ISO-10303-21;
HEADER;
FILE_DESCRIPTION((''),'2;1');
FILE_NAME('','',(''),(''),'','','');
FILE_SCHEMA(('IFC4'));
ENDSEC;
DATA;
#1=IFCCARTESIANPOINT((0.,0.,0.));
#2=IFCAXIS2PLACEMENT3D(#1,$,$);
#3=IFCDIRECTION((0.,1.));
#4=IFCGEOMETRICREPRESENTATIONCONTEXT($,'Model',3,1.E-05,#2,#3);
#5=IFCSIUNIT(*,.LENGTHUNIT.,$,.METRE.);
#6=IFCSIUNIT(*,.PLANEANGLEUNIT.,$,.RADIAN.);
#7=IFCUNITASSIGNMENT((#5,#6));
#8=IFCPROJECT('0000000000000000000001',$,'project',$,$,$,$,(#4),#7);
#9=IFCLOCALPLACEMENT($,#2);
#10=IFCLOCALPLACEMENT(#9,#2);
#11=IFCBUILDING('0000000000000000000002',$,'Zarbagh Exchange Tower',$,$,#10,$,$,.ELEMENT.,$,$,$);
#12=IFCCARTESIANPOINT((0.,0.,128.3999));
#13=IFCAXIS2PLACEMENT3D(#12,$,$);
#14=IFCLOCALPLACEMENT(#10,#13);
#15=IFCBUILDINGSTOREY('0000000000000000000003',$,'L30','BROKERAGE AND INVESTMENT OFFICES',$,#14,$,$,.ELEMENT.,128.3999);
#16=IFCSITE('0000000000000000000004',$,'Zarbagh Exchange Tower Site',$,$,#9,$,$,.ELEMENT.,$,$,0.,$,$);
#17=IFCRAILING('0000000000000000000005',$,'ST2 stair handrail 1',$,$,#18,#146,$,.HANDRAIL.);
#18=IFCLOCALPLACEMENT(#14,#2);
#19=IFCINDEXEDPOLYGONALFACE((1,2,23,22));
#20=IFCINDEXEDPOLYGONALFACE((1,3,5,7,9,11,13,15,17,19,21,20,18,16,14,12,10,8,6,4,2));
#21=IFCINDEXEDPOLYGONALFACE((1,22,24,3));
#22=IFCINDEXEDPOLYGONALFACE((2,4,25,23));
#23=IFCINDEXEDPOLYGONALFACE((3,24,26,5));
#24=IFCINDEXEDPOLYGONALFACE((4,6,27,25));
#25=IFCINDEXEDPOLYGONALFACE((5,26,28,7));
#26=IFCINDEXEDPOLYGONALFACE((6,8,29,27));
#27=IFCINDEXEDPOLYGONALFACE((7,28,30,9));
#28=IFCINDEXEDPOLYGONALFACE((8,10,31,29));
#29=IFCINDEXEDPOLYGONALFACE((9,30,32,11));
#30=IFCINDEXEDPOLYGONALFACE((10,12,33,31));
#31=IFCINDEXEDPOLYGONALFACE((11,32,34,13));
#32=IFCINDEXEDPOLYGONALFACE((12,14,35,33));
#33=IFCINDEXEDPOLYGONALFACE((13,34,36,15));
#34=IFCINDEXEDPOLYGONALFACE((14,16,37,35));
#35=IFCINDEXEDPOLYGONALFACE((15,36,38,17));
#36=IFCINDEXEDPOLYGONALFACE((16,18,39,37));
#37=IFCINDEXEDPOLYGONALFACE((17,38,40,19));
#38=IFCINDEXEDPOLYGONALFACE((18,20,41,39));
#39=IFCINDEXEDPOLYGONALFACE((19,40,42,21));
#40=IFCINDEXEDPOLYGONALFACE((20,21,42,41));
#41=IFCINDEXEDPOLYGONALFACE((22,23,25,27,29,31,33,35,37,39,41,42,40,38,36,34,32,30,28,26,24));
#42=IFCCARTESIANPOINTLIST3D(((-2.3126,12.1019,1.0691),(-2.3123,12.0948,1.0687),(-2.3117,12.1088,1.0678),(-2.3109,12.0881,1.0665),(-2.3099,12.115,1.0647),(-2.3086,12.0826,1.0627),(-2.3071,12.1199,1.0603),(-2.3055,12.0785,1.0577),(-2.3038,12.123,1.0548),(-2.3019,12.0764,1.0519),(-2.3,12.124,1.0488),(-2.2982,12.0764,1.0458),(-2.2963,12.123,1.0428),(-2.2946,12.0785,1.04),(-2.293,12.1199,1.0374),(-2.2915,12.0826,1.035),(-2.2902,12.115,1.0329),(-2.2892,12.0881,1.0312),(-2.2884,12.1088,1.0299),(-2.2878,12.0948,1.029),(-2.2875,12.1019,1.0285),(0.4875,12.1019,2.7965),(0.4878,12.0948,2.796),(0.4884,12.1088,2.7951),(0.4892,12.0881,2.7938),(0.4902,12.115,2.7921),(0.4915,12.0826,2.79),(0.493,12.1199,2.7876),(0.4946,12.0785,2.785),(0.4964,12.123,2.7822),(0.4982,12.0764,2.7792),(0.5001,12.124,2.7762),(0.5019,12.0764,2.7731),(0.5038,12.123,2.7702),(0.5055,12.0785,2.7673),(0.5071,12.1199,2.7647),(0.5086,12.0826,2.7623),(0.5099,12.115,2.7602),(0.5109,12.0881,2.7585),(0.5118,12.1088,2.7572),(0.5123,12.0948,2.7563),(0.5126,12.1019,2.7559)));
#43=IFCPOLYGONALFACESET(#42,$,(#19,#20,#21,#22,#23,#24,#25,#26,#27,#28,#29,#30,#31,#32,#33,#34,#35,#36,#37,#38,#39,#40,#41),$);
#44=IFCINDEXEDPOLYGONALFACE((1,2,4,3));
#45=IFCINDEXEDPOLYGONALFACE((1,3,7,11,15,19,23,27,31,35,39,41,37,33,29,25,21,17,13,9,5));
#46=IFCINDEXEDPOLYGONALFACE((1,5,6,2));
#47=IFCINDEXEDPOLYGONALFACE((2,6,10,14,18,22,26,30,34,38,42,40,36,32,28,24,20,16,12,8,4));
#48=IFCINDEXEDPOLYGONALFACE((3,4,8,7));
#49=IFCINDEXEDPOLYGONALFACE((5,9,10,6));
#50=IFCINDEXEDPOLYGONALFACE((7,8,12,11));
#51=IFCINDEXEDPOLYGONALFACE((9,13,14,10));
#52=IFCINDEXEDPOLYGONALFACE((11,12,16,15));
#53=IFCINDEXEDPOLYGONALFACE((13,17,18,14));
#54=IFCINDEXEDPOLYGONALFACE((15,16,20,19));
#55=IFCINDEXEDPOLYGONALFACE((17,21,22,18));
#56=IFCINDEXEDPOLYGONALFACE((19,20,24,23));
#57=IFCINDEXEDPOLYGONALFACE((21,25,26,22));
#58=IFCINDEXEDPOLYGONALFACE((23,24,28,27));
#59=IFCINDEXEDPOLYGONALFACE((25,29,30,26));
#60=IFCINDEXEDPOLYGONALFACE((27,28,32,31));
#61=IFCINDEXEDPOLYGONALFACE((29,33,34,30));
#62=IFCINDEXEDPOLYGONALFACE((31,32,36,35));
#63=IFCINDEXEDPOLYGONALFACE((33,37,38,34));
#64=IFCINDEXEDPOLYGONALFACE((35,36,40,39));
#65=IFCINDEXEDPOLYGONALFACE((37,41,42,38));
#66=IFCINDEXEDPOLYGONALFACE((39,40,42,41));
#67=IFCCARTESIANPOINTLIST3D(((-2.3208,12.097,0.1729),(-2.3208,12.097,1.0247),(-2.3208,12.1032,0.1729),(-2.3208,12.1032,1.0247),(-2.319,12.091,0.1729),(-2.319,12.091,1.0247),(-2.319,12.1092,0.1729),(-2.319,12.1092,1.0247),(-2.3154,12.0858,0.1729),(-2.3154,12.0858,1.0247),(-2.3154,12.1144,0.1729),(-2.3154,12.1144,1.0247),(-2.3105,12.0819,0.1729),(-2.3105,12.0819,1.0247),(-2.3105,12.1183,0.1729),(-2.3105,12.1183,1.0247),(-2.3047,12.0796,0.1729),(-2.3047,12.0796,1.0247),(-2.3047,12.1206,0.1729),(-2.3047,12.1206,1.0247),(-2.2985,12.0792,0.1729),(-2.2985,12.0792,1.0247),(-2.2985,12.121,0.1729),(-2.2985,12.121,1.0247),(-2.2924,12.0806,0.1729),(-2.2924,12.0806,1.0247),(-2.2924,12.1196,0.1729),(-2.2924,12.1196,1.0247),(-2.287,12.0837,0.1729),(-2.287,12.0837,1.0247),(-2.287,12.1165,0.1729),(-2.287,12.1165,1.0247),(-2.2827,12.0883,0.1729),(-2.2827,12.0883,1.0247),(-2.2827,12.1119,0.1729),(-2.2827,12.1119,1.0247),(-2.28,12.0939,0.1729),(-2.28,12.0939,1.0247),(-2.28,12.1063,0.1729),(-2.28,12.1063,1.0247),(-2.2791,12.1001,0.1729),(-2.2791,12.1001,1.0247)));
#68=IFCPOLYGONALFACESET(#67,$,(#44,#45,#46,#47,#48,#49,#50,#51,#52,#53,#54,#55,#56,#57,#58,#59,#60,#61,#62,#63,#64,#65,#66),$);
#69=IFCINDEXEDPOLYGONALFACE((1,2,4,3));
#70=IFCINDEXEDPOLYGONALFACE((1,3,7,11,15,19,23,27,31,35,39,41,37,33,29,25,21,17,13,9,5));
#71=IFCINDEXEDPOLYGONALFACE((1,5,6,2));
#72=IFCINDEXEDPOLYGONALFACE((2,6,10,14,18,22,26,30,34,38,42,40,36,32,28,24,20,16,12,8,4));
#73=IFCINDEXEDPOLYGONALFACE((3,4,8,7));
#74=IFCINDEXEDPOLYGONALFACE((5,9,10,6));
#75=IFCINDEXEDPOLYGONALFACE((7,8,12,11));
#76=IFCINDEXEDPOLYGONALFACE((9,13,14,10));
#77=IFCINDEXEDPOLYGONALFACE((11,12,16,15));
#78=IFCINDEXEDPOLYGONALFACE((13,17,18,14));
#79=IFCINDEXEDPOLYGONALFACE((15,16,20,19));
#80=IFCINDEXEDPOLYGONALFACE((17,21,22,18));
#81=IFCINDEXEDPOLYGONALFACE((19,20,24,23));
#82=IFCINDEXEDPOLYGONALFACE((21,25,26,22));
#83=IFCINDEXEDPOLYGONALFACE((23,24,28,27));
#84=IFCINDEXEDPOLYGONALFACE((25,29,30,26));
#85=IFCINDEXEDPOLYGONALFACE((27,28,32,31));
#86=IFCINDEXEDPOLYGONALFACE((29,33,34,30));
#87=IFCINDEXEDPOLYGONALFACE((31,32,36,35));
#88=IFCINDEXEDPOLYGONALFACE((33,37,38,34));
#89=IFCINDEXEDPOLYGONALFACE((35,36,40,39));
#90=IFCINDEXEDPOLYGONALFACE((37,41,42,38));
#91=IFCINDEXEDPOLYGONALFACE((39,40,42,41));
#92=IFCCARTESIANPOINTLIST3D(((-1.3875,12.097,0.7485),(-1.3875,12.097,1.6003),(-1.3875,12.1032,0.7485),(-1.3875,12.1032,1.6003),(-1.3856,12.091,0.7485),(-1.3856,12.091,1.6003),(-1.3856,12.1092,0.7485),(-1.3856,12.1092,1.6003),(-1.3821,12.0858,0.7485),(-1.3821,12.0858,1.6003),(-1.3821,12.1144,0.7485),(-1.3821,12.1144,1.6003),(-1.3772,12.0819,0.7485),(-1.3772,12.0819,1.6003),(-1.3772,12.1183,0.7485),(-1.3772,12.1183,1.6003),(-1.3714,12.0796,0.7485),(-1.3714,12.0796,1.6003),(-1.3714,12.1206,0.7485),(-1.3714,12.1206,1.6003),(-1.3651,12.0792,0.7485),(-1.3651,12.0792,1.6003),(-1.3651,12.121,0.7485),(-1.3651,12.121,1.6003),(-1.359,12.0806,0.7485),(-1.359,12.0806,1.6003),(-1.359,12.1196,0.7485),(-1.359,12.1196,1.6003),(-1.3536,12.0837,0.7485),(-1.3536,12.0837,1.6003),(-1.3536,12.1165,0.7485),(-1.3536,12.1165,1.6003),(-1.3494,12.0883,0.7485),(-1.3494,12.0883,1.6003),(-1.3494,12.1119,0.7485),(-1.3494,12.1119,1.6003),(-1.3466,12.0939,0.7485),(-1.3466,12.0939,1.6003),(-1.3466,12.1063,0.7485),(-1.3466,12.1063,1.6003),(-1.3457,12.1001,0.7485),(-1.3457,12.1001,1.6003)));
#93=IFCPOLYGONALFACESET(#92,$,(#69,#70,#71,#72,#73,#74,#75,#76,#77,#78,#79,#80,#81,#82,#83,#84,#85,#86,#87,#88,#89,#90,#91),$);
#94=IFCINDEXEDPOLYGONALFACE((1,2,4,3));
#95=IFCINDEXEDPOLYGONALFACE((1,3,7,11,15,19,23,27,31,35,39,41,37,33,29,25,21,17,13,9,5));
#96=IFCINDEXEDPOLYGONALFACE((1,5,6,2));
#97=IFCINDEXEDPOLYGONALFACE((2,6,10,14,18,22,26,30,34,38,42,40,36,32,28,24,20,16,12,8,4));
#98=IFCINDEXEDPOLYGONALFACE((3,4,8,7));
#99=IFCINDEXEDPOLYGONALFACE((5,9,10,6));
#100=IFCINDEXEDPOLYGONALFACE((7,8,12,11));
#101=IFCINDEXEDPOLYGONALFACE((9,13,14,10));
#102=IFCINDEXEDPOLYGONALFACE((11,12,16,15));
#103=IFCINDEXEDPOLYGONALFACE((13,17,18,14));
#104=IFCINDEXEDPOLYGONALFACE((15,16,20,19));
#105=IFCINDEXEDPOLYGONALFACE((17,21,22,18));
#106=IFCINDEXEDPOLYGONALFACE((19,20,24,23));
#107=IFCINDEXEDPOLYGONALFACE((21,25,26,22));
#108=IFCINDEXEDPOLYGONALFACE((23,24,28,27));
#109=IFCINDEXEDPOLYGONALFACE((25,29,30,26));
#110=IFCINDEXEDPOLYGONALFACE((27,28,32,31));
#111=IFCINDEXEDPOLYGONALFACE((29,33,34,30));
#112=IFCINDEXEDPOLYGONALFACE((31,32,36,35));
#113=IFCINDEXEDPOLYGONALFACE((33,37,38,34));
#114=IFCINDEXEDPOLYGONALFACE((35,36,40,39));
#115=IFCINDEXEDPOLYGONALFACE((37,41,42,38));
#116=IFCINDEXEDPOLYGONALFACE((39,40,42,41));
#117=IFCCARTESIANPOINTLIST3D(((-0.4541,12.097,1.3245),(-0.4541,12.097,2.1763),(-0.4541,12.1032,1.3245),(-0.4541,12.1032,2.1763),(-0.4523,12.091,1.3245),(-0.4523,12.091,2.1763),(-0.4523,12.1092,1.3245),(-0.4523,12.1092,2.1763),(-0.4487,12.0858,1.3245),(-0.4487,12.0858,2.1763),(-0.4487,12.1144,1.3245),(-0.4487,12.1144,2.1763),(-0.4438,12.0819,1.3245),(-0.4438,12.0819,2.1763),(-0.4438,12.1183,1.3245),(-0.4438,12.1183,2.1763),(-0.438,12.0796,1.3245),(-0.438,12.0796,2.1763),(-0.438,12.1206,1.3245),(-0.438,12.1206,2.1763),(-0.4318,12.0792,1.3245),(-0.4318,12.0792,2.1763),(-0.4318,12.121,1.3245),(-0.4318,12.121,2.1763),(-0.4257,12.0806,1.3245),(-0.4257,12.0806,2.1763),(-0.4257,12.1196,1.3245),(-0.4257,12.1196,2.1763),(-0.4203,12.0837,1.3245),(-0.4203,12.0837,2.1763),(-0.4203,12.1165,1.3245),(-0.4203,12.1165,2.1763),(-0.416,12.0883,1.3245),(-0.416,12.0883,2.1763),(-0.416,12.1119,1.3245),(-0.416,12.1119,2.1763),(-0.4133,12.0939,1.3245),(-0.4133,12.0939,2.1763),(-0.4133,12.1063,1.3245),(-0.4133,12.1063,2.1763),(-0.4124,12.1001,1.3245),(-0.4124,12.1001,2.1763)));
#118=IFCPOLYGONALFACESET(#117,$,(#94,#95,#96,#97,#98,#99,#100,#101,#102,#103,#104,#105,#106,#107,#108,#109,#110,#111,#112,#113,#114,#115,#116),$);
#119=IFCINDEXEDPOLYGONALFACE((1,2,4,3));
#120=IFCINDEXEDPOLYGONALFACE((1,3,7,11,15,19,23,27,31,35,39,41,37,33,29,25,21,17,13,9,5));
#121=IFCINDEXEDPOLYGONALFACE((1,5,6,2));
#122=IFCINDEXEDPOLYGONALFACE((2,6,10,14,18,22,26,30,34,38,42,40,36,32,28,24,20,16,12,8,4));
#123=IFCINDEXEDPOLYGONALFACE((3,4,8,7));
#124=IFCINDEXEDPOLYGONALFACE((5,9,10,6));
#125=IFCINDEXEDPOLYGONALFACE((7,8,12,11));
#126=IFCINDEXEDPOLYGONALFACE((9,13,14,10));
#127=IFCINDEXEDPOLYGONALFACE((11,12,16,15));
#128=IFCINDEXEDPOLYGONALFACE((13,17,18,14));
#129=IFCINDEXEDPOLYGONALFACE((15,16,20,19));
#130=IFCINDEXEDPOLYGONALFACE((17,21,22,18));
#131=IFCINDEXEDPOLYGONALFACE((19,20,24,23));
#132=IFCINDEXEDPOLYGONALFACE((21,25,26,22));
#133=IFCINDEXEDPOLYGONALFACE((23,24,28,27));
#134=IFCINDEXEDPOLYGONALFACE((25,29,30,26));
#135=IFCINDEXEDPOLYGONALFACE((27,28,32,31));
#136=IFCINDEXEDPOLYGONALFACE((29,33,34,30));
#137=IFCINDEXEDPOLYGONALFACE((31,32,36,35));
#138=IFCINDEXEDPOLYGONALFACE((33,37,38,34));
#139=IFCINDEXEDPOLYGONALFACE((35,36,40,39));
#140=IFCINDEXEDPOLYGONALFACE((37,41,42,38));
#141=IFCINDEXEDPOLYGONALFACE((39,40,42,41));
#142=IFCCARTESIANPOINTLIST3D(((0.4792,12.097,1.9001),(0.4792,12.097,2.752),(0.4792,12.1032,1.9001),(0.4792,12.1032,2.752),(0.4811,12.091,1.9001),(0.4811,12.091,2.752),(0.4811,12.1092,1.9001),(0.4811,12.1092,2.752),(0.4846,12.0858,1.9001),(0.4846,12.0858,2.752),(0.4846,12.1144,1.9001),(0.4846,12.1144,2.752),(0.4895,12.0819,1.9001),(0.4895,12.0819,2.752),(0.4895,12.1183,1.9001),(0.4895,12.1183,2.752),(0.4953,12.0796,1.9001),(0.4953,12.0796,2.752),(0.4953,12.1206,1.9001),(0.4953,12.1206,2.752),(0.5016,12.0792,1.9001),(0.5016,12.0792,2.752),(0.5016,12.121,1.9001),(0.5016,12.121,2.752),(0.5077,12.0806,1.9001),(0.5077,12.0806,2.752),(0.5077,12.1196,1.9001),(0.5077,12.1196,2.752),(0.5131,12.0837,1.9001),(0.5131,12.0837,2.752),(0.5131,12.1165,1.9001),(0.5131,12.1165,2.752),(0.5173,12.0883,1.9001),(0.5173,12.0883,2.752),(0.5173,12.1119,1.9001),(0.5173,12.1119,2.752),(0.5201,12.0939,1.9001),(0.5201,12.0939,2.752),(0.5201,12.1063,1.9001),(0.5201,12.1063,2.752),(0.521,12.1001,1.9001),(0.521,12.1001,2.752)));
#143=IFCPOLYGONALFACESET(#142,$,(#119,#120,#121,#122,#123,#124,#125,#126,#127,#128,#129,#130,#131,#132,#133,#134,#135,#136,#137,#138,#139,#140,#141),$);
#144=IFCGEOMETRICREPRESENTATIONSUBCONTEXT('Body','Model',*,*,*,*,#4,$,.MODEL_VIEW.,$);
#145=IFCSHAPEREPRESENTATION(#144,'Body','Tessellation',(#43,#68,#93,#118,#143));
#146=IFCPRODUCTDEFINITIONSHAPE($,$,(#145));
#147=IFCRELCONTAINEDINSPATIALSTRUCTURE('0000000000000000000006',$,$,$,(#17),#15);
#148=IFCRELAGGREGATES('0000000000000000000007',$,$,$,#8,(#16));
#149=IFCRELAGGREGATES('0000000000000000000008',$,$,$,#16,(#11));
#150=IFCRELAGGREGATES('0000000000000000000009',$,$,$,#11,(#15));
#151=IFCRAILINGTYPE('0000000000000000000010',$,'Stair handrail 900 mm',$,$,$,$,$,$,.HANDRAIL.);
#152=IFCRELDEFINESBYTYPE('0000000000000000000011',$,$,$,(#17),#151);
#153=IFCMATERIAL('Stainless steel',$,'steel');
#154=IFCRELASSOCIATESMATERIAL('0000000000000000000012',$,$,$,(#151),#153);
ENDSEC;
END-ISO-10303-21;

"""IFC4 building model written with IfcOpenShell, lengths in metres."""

from ifc_helpers import new_model, si_unit, direction, frame, origin, origin_2d, place, context, subcontext, project, spatial, circle, extrude, material, type_object, element, save


model = new_model("IFC4")

# Units and contexts
model_context = context("Model", 3, precision=1e-05, world=origin(), true_north=direction((0.0, 1.0)))
body_context = subcontext(model_context, "Body", "Model", "MODEL_VIEW")
ifc_project = project(units=[si_unit("LENGTHUNIT", "METRE"), si_unit("PLANEANGLEUNIT", "RADIAN")], contexts=[model_context])

# Site, building, storey
site_placement = place(None, origin())
site = spatial("IfcSite", under=ifc_project, at=site_placement, Name="Zarbagh Exchange Tower Site", CompositionType="ELEMENT", RefElevation=0.0)
building_placement = place(site_placement, origin())
building = spatial("IfcBuilding", under=site, at=building_placement, Name="Zarbagh Exchange Tower", CompositionType="ELEMENT")
storey_placement = place(building_placement, frame((0.0, 0.0, 128.3999)))
storey = spatial("IfcBuildingStorey", under=building, at=storey_placement, Name="L30", Description="BROKERAGE AND INVESTMENT OFFICES", CompositionType="ELEMENT", Elevation=128.3999)

# Shared definitions
ifc_material_1 = material(Name="Stainless steel", Category="steel")

# Railing
railing_type_1 = type_object("IfcRailingType", Name="Stair handrail 900 mm", PredefinedType="HANDRAIL", material=ifc_material_1)
for number, where, name in (
    (1, (-2.3, 12.1001, 0.1729), "ST2 stair handrail 1"),
):
    element("IfcRailing", number, at=place(storey_placement, frame(where)), inside=storey, type_object=railing_type_1, Name=name, PredefinedType="HANDRAIL", context=body_context, shape_type="SweptSolid", body=[
        extrude(circle(Radius=0.0239, at=origin_2d()), frame((0.0, 0.0, 0.876), z_axis=(0.85109, 0.0, 0.52502), x_axis=(0.0, 1.0, 0.0)), (0.0, 0.0, 1.0), 3.29),
        extrude(circle(Radius=0.021, at=origin_2d()), origin(), (0.0, 0.0, 1.0), 0.8518),
        extrude(circle(Radius=0.021, at=origin_2d()), frame((0.9333, 0.0, 0.5757)), (0.0, 0.0, 1.0), 0.8518),
        extrude(circle(Radius=0.021, at=origin_2d()), frame((1.8667, 0.0, 1.1516)), (0.0, 0.0, 1.0), 0.8518),
        extrude(circle(Radius=0.021, at=origin_2d()), frame((2.8, 0.0, 1.7273)), (0.0, 0.0, 1.0), 0.8518),
    ])

save(model, "model.ifc")
